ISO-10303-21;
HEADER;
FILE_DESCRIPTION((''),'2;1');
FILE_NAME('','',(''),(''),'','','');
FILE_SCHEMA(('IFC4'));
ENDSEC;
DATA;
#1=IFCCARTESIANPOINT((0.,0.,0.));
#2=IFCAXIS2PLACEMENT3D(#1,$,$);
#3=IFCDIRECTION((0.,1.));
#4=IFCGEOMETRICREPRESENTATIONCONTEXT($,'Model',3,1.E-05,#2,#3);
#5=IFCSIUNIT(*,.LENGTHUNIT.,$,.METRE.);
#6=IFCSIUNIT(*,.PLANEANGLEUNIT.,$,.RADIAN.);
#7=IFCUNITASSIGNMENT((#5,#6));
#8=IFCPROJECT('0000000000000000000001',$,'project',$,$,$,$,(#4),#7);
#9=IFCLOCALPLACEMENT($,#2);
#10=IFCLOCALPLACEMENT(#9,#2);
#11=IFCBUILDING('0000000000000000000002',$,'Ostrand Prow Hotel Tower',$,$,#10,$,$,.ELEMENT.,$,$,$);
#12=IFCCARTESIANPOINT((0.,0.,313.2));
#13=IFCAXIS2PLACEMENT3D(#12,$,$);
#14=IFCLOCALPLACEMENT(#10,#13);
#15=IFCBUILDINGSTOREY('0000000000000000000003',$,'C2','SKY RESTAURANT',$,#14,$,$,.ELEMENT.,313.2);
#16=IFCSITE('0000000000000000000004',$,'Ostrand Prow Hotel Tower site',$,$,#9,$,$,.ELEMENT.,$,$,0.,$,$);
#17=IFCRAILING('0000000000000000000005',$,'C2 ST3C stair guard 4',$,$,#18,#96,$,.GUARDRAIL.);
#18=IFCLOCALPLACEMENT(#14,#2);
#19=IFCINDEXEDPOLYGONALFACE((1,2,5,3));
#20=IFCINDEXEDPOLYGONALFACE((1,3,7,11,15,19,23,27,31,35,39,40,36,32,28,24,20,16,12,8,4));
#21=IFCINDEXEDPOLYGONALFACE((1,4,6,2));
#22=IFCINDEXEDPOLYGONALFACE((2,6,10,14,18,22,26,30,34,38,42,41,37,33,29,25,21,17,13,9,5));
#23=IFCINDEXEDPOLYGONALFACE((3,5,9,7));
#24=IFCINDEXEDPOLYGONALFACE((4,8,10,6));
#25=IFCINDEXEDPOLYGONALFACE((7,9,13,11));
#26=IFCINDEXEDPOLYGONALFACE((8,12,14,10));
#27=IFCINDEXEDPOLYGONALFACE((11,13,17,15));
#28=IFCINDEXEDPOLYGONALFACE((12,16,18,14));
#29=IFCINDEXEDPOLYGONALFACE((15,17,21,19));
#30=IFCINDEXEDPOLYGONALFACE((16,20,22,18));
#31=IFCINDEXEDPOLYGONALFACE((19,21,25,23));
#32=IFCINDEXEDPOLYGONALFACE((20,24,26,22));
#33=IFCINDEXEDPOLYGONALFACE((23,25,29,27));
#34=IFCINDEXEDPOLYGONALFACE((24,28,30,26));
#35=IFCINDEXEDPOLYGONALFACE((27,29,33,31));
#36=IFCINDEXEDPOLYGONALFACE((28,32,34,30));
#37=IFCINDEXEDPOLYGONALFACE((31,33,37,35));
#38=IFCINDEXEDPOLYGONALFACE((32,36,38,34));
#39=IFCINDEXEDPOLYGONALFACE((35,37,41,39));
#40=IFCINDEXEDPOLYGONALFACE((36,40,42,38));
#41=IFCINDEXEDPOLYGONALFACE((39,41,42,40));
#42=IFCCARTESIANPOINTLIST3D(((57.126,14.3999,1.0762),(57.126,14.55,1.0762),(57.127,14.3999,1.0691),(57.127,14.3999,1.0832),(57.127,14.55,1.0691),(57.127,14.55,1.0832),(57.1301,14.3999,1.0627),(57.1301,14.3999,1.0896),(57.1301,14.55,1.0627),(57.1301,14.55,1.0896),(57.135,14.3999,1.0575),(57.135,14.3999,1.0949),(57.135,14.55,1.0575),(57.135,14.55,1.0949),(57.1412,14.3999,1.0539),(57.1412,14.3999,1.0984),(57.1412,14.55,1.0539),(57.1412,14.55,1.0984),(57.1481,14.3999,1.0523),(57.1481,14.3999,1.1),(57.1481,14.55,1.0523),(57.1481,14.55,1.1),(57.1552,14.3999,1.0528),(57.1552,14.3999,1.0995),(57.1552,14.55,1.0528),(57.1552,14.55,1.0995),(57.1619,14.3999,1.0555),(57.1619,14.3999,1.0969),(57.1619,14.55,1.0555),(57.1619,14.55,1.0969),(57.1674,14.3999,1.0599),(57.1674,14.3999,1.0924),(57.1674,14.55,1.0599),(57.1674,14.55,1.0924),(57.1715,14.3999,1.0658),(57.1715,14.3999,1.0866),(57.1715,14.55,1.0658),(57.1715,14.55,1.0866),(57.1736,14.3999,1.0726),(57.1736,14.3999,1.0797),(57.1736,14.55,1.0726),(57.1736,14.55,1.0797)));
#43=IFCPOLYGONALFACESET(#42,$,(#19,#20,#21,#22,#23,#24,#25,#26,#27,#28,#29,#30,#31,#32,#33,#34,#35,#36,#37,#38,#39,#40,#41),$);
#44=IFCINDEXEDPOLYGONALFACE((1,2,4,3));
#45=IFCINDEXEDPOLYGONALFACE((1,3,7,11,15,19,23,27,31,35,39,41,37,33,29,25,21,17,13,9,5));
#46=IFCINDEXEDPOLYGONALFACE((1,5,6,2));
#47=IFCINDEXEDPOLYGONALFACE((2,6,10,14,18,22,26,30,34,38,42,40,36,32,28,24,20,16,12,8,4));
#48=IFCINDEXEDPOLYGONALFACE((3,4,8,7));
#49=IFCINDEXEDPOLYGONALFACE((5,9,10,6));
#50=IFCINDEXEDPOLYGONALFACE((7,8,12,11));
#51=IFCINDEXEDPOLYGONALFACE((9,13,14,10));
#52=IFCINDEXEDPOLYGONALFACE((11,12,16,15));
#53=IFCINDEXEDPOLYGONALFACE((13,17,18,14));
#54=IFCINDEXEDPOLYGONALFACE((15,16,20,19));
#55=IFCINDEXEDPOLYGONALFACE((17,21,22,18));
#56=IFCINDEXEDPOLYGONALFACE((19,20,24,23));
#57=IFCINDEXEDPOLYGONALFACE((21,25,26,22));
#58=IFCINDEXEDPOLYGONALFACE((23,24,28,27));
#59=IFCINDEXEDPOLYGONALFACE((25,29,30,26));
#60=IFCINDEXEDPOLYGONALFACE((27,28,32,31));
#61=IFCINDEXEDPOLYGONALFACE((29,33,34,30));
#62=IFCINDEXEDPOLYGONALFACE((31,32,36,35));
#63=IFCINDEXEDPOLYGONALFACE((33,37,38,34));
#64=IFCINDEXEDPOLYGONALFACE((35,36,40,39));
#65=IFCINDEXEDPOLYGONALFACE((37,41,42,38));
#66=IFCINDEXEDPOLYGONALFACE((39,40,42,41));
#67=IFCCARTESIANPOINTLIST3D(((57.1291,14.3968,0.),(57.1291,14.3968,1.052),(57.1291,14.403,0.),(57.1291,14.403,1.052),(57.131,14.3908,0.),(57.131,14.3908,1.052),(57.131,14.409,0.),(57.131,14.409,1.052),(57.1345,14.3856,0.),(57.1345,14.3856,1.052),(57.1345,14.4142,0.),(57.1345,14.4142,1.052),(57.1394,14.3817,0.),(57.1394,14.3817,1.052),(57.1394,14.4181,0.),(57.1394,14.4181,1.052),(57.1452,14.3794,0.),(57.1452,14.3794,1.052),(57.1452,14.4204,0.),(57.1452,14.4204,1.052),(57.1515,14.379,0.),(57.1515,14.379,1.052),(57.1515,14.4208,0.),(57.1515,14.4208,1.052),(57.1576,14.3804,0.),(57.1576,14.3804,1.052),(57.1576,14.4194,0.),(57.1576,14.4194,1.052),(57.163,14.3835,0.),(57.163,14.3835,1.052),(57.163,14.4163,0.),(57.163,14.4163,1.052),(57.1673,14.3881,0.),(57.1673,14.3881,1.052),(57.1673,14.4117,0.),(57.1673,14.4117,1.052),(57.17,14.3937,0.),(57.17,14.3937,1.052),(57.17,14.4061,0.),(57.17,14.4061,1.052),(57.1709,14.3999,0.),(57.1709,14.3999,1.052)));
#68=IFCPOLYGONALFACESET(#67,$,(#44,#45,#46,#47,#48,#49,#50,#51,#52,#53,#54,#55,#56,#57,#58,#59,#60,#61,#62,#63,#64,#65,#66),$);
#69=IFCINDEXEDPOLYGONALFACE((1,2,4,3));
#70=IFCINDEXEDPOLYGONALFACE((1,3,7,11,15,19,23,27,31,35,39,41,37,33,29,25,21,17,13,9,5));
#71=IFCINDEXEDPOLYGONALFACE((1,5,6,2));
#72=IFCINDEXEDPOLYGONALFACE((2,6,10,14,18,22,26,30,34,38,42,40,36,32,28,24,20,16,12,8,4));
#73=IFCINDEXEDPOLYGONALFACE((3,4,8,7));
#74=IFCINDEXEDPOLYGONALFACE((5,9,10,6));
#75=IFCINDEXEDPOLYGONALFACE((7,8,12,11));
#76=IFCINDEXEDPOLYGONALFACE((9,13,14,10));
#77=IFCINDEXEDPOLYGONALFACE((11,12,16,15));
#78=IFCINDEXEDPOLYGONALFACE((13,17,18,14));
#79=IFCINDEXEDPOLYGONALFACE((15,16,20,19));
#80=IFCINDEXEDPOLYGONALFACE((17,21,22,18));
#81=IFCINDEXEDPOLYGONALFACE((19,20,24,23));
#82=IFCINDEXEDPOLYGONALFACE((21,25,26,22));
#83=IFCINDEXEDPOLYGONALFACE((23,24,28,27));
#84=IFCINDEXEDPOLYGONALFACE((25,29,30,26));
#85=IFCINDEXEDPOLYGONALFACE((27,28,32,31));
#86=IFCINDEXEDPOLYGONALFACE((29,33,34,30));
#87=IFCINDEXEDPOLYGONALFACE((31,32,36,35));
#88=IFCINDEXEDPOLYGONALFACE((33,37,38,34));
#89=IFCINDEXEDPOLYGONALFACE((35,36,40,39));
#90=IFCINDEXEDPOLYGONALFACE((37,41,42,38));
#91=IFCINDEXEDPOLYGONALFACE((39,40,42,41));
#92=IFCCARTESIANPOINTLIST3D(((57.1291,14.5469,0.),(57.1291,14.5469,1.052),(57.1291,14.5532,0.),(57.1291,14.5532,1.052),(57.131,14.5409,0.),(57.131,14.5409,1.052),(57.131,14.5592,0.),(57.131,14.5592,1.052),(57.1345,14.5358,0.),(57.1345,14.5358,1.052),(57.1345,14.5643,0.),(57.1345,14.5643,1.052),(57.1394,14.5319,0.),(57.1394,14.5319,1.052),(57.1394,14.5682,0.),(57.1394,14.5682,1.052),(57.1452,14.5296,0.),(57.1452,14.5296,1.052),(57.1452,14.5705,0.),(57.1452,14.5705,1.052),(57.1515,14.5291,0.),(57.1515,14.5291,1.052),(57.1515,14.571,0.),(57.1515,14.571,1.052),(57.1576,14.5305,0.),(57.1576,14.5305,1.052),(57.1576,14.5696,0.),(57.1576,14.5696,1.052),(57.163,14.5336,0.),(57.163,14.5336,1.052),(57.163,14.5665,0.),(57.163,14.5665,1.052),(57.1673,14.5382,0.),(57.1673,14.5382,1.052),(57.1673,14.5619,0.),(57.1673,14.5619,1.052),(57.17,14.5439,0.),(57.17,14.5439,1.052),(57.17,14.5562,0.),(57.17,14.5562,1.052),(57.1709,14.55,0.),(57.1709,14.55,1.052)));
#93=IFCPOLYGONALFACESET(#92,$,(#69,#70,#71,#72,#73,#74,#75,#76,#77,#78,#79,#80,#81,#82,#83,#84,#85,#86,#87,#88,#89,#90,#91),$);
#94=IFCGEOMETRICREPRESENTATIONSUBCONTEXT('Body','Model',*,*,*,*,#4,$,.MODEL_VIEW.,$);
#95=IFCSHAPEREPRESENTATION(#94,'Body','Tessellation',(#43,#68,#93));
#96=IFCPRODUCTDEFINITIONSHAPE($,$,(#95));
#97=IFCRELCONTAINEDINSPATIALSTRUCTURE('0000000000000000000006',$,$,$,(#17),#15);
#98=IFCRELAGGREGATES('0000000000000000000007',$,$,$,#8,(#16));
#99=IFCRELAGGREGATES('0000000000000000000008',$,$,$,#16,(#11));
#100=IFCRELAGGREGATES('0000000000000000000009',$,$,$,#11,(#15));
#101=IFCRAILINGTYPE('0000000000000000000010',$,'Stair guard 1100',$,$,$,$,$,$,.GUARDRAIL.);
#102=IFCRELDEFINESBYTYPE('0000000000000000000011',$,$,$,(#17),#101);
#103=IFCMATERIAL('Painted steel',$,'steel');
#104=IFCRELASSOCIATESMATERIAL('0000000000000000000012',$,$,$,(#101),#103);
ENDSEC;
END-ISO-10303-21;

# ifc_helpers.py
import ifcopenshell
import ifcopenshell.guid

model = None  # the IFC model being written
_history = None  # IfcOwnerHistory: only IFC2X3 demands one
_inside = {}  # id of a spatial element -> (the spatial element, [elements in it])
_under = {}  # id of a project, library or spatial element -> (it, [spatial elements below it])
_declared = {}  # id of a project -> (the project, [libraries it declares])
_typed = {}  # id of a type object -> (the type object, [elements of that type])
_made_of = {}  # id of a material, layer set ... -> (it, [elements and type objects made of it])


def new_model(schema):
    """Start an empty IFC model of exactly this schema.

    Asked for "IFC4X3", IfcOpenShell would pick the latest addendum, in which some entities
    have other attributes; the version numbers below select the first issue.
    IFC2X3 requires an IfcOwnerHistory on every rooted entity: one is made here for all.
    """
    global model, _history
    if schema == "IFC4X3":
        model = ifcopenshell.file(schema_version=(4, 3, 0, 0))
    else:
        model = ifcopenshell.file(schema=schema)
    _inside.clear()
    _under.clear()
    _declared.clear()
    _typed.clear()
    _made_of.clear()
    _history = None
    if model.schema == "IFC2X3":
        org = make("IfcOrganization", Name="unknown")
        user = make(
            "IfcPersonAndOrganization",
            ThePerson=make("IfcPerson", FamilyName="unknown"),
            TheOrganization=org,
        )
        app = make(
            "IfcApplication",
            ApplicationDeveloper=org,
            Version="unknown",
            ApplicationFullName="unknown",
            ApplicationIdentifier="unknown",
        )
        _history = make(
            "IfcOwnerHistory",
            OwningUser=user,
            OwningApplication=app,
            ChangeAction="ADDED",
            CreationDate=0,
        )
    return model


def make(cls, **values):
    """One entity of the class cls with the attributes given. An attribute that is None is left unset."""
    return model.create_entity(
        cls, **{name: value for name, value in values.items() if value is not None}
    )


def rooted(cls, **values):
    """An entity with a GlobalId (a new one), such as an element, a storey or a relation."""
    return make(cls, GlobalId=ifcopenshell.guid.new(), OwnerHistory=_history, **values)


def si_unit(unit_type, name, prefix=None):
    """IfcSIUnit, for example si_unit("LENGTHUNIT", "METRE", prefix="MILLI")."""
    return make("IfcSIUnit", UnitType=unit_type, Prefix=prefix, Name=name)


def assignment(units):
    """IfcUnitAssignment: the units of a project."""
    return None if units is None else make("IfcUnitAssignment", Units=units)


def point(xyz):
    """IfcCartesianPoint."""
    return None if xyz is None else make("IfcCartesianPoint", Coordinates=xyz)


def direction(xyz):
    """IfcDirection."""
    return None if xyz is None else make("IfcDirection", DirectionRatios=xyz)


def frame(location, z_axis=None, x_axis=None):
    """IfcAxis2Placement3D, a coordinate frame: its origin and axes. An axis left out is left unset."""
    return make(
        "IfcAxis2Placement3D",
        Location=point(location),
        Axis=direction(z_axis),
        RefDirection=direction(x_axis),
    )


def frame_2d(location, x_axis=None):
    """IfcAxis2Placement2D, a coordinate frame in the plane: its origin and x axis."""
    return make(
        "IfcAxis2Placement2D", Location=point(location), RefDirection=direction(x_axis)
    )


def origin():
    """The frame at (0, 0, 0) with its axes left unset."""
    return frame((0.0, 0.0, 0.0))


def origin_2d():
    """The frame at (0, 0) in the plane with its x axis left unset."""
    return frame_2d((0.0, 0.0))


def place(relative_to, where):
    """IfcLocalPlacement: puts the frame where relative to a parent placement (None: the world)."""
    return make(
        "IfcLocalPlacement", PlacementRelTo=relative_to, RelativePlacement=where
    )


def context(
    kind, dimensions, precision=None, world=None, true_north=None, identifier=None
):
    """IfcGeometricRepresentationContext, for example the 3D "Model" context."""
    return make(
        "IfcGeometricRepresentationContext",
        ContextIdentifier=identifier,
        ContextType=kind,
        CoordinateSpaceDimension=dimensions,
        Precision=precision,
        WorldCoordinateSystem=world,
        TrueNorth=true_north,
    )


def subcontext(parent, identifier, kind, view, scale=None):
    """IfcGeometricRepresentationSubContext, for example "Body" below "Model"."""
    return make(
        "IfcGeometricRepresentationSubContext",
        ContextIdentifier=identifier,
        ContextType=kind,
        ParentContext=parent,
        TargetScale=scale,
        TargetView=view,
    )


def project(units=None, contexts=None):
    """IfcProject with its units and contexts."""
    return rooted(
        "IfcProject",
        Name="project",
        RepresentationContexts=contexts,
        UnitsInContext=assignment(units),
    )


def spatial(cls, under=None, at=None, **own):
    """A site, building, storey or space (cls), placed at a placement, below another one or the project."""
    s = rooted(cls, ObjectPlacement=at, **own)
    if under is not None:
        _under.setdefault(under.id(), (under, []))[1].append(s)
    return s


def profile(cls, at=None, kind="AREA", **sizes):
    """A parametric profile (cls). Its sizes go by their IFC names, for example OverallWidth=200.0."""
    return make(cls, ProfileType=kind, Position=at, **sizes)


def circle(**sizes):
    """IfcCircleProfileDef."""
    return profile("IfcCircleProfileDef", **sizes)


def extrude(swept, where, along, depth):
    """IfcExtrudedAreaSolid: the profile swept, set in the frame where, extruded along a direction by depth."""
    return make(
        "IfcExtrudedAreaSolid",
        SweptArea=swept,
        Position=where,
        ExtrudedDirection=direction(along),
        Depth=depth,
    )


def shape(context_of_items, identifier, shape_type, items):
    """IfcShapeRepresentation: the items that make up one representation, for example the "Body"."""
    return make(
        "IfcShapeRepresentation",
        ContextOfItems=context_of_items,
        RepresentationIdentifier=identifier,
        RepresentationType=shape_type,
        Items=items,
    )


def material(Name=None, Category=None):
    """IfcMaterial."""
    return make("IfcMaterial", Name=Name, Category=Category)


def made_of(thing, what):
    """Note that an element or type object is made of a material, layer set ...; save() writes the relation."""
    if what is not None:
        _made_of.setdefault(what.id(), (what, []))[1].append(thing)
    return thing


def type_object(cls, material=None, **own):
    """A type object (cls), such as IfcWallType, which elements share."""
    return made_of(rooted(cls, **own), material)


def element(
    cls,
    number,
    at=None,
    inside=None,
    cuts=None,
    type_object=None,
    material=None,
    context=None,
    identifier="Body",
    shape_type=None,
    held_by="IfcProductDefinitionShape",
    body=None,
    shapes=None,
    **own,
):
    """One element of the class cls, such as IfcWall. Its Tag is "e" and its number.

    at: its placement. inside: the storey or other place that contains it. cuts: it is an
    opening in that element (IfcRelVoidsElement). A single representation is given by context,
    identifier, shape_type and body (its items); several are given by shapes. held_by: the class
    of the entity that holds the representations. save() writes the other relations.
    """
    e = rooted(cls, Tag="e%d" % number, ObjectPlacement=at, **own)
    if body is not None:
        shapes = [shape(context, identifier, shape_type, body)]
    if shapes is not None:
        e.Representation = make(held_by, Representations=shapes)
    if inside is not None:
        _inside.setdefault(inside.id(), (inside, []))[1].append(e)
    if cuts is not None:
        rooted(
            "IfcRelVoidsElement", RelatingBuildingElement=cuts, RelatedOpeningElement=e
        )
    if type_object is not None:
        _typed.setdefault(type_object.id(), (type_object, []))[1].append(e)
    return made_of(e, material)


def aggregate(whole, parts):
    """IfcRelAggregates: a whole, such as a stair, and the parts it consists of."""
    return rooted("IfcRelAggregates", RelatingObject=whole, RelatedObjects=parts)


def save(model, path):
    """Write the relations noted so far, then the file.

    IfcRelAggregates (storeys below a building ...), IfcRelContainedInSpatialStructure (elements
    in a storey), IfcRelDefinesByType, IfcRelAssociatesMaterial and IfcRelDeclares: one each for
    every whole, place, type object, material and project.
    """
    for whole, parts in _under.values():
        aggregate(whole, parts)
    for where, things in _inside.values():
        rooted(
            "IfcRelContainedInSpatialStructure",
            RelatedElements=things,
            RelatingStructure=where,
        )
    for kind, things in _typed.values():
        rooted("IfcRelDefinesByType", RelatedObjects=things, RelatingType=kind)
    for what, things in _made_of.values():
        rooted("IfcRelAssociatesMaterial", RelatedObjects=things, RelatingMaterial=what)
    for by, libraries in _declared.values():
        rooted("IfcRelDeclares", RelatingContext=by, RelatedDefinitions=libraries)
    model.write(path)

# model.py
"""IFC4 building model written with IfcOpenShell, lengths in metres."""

from ifc_helpers import new_model, si_unit, direction, frame, origin, origin_2d, place, context, subcontext, project, spatial, circle, extrude, material, type_object, element, save


model = new_model("IFC4")

# Units and contexts
model_context = context("Model", 3, precision=1e-05, world=origin(), true_north=direction((0.0, 1.0)))
body_context = subcontext(model_context, "Body", "Model", "MODEL_VIEW")
ifc_project = project(units=[si_unit("LENGTHUNIT", "METRE"), si_unit("PLANEANGLEUNIT", "RADIAN")], contexts=[model_context])

# Site, building, storey
site_placement = place(None, origin())
site = spatial("IfcSite", under=ifc_project, at=site_placement, Name="Ostrand Prow Hotel Tower site", CompositionType="ELEMENT", RefElevation=0.0)
building_placement = place(site_placement, origin())
building = spatial("IfcBuilding", under=site, at=building_placement, Name="Ostrand Prow Hotel Tower", CompositionType="ELEMENT")
storey_placement = place(building_placement, frame((0.0, 0.0, 313.2)))
storey = spatial("IfcBuildingStorey", under=building, at=storey_placement, Name="C2", Description="SKY RESTAURANT", CompositionType="ELEMENT", Elevation=313.2)

# Railing
ifc_material_1 = material(Name="Painted steel", Category="steel")
railing_type_1 = type_object("IfcRailingType", Name="Stair guard 1100", PredefinedType="GUARDRAIL", material=ifc_material_1)
railing_1_placement = place(storey_placement, frame((57.1499, 14.3999, 0.0)))
element("IfcRailing", 1, at=railing_1_placement, inside=storey, type_object=railing_type_1, Name="C2 ST3C stair guard 4", PredefinedType="GUARDRAIL", context=body_context, shape_type="SweptSolid", body=[
    extrude(circle(Radius=0.0239, at=origin_2d()), frame((0.0, 0.0, 1.0762), z_axis=(0.0, 1.0, 0.0), x_axis=(-1.0, 0.0, 0.0)), (0.0, 0.0, 1.0), 0.1501),
    extrude(circle(Radius=0.021, at=origin_2d()), origin(), (0.0, 0.0, 1.0), 1.052),
    extrude(circle(Radius=0.021, at=origin_2d()), frame((0.0, 0.1501, 0.0)), (0.0, 0.0, 1.0), 1.052),
])

save(model, "model.ifc")
